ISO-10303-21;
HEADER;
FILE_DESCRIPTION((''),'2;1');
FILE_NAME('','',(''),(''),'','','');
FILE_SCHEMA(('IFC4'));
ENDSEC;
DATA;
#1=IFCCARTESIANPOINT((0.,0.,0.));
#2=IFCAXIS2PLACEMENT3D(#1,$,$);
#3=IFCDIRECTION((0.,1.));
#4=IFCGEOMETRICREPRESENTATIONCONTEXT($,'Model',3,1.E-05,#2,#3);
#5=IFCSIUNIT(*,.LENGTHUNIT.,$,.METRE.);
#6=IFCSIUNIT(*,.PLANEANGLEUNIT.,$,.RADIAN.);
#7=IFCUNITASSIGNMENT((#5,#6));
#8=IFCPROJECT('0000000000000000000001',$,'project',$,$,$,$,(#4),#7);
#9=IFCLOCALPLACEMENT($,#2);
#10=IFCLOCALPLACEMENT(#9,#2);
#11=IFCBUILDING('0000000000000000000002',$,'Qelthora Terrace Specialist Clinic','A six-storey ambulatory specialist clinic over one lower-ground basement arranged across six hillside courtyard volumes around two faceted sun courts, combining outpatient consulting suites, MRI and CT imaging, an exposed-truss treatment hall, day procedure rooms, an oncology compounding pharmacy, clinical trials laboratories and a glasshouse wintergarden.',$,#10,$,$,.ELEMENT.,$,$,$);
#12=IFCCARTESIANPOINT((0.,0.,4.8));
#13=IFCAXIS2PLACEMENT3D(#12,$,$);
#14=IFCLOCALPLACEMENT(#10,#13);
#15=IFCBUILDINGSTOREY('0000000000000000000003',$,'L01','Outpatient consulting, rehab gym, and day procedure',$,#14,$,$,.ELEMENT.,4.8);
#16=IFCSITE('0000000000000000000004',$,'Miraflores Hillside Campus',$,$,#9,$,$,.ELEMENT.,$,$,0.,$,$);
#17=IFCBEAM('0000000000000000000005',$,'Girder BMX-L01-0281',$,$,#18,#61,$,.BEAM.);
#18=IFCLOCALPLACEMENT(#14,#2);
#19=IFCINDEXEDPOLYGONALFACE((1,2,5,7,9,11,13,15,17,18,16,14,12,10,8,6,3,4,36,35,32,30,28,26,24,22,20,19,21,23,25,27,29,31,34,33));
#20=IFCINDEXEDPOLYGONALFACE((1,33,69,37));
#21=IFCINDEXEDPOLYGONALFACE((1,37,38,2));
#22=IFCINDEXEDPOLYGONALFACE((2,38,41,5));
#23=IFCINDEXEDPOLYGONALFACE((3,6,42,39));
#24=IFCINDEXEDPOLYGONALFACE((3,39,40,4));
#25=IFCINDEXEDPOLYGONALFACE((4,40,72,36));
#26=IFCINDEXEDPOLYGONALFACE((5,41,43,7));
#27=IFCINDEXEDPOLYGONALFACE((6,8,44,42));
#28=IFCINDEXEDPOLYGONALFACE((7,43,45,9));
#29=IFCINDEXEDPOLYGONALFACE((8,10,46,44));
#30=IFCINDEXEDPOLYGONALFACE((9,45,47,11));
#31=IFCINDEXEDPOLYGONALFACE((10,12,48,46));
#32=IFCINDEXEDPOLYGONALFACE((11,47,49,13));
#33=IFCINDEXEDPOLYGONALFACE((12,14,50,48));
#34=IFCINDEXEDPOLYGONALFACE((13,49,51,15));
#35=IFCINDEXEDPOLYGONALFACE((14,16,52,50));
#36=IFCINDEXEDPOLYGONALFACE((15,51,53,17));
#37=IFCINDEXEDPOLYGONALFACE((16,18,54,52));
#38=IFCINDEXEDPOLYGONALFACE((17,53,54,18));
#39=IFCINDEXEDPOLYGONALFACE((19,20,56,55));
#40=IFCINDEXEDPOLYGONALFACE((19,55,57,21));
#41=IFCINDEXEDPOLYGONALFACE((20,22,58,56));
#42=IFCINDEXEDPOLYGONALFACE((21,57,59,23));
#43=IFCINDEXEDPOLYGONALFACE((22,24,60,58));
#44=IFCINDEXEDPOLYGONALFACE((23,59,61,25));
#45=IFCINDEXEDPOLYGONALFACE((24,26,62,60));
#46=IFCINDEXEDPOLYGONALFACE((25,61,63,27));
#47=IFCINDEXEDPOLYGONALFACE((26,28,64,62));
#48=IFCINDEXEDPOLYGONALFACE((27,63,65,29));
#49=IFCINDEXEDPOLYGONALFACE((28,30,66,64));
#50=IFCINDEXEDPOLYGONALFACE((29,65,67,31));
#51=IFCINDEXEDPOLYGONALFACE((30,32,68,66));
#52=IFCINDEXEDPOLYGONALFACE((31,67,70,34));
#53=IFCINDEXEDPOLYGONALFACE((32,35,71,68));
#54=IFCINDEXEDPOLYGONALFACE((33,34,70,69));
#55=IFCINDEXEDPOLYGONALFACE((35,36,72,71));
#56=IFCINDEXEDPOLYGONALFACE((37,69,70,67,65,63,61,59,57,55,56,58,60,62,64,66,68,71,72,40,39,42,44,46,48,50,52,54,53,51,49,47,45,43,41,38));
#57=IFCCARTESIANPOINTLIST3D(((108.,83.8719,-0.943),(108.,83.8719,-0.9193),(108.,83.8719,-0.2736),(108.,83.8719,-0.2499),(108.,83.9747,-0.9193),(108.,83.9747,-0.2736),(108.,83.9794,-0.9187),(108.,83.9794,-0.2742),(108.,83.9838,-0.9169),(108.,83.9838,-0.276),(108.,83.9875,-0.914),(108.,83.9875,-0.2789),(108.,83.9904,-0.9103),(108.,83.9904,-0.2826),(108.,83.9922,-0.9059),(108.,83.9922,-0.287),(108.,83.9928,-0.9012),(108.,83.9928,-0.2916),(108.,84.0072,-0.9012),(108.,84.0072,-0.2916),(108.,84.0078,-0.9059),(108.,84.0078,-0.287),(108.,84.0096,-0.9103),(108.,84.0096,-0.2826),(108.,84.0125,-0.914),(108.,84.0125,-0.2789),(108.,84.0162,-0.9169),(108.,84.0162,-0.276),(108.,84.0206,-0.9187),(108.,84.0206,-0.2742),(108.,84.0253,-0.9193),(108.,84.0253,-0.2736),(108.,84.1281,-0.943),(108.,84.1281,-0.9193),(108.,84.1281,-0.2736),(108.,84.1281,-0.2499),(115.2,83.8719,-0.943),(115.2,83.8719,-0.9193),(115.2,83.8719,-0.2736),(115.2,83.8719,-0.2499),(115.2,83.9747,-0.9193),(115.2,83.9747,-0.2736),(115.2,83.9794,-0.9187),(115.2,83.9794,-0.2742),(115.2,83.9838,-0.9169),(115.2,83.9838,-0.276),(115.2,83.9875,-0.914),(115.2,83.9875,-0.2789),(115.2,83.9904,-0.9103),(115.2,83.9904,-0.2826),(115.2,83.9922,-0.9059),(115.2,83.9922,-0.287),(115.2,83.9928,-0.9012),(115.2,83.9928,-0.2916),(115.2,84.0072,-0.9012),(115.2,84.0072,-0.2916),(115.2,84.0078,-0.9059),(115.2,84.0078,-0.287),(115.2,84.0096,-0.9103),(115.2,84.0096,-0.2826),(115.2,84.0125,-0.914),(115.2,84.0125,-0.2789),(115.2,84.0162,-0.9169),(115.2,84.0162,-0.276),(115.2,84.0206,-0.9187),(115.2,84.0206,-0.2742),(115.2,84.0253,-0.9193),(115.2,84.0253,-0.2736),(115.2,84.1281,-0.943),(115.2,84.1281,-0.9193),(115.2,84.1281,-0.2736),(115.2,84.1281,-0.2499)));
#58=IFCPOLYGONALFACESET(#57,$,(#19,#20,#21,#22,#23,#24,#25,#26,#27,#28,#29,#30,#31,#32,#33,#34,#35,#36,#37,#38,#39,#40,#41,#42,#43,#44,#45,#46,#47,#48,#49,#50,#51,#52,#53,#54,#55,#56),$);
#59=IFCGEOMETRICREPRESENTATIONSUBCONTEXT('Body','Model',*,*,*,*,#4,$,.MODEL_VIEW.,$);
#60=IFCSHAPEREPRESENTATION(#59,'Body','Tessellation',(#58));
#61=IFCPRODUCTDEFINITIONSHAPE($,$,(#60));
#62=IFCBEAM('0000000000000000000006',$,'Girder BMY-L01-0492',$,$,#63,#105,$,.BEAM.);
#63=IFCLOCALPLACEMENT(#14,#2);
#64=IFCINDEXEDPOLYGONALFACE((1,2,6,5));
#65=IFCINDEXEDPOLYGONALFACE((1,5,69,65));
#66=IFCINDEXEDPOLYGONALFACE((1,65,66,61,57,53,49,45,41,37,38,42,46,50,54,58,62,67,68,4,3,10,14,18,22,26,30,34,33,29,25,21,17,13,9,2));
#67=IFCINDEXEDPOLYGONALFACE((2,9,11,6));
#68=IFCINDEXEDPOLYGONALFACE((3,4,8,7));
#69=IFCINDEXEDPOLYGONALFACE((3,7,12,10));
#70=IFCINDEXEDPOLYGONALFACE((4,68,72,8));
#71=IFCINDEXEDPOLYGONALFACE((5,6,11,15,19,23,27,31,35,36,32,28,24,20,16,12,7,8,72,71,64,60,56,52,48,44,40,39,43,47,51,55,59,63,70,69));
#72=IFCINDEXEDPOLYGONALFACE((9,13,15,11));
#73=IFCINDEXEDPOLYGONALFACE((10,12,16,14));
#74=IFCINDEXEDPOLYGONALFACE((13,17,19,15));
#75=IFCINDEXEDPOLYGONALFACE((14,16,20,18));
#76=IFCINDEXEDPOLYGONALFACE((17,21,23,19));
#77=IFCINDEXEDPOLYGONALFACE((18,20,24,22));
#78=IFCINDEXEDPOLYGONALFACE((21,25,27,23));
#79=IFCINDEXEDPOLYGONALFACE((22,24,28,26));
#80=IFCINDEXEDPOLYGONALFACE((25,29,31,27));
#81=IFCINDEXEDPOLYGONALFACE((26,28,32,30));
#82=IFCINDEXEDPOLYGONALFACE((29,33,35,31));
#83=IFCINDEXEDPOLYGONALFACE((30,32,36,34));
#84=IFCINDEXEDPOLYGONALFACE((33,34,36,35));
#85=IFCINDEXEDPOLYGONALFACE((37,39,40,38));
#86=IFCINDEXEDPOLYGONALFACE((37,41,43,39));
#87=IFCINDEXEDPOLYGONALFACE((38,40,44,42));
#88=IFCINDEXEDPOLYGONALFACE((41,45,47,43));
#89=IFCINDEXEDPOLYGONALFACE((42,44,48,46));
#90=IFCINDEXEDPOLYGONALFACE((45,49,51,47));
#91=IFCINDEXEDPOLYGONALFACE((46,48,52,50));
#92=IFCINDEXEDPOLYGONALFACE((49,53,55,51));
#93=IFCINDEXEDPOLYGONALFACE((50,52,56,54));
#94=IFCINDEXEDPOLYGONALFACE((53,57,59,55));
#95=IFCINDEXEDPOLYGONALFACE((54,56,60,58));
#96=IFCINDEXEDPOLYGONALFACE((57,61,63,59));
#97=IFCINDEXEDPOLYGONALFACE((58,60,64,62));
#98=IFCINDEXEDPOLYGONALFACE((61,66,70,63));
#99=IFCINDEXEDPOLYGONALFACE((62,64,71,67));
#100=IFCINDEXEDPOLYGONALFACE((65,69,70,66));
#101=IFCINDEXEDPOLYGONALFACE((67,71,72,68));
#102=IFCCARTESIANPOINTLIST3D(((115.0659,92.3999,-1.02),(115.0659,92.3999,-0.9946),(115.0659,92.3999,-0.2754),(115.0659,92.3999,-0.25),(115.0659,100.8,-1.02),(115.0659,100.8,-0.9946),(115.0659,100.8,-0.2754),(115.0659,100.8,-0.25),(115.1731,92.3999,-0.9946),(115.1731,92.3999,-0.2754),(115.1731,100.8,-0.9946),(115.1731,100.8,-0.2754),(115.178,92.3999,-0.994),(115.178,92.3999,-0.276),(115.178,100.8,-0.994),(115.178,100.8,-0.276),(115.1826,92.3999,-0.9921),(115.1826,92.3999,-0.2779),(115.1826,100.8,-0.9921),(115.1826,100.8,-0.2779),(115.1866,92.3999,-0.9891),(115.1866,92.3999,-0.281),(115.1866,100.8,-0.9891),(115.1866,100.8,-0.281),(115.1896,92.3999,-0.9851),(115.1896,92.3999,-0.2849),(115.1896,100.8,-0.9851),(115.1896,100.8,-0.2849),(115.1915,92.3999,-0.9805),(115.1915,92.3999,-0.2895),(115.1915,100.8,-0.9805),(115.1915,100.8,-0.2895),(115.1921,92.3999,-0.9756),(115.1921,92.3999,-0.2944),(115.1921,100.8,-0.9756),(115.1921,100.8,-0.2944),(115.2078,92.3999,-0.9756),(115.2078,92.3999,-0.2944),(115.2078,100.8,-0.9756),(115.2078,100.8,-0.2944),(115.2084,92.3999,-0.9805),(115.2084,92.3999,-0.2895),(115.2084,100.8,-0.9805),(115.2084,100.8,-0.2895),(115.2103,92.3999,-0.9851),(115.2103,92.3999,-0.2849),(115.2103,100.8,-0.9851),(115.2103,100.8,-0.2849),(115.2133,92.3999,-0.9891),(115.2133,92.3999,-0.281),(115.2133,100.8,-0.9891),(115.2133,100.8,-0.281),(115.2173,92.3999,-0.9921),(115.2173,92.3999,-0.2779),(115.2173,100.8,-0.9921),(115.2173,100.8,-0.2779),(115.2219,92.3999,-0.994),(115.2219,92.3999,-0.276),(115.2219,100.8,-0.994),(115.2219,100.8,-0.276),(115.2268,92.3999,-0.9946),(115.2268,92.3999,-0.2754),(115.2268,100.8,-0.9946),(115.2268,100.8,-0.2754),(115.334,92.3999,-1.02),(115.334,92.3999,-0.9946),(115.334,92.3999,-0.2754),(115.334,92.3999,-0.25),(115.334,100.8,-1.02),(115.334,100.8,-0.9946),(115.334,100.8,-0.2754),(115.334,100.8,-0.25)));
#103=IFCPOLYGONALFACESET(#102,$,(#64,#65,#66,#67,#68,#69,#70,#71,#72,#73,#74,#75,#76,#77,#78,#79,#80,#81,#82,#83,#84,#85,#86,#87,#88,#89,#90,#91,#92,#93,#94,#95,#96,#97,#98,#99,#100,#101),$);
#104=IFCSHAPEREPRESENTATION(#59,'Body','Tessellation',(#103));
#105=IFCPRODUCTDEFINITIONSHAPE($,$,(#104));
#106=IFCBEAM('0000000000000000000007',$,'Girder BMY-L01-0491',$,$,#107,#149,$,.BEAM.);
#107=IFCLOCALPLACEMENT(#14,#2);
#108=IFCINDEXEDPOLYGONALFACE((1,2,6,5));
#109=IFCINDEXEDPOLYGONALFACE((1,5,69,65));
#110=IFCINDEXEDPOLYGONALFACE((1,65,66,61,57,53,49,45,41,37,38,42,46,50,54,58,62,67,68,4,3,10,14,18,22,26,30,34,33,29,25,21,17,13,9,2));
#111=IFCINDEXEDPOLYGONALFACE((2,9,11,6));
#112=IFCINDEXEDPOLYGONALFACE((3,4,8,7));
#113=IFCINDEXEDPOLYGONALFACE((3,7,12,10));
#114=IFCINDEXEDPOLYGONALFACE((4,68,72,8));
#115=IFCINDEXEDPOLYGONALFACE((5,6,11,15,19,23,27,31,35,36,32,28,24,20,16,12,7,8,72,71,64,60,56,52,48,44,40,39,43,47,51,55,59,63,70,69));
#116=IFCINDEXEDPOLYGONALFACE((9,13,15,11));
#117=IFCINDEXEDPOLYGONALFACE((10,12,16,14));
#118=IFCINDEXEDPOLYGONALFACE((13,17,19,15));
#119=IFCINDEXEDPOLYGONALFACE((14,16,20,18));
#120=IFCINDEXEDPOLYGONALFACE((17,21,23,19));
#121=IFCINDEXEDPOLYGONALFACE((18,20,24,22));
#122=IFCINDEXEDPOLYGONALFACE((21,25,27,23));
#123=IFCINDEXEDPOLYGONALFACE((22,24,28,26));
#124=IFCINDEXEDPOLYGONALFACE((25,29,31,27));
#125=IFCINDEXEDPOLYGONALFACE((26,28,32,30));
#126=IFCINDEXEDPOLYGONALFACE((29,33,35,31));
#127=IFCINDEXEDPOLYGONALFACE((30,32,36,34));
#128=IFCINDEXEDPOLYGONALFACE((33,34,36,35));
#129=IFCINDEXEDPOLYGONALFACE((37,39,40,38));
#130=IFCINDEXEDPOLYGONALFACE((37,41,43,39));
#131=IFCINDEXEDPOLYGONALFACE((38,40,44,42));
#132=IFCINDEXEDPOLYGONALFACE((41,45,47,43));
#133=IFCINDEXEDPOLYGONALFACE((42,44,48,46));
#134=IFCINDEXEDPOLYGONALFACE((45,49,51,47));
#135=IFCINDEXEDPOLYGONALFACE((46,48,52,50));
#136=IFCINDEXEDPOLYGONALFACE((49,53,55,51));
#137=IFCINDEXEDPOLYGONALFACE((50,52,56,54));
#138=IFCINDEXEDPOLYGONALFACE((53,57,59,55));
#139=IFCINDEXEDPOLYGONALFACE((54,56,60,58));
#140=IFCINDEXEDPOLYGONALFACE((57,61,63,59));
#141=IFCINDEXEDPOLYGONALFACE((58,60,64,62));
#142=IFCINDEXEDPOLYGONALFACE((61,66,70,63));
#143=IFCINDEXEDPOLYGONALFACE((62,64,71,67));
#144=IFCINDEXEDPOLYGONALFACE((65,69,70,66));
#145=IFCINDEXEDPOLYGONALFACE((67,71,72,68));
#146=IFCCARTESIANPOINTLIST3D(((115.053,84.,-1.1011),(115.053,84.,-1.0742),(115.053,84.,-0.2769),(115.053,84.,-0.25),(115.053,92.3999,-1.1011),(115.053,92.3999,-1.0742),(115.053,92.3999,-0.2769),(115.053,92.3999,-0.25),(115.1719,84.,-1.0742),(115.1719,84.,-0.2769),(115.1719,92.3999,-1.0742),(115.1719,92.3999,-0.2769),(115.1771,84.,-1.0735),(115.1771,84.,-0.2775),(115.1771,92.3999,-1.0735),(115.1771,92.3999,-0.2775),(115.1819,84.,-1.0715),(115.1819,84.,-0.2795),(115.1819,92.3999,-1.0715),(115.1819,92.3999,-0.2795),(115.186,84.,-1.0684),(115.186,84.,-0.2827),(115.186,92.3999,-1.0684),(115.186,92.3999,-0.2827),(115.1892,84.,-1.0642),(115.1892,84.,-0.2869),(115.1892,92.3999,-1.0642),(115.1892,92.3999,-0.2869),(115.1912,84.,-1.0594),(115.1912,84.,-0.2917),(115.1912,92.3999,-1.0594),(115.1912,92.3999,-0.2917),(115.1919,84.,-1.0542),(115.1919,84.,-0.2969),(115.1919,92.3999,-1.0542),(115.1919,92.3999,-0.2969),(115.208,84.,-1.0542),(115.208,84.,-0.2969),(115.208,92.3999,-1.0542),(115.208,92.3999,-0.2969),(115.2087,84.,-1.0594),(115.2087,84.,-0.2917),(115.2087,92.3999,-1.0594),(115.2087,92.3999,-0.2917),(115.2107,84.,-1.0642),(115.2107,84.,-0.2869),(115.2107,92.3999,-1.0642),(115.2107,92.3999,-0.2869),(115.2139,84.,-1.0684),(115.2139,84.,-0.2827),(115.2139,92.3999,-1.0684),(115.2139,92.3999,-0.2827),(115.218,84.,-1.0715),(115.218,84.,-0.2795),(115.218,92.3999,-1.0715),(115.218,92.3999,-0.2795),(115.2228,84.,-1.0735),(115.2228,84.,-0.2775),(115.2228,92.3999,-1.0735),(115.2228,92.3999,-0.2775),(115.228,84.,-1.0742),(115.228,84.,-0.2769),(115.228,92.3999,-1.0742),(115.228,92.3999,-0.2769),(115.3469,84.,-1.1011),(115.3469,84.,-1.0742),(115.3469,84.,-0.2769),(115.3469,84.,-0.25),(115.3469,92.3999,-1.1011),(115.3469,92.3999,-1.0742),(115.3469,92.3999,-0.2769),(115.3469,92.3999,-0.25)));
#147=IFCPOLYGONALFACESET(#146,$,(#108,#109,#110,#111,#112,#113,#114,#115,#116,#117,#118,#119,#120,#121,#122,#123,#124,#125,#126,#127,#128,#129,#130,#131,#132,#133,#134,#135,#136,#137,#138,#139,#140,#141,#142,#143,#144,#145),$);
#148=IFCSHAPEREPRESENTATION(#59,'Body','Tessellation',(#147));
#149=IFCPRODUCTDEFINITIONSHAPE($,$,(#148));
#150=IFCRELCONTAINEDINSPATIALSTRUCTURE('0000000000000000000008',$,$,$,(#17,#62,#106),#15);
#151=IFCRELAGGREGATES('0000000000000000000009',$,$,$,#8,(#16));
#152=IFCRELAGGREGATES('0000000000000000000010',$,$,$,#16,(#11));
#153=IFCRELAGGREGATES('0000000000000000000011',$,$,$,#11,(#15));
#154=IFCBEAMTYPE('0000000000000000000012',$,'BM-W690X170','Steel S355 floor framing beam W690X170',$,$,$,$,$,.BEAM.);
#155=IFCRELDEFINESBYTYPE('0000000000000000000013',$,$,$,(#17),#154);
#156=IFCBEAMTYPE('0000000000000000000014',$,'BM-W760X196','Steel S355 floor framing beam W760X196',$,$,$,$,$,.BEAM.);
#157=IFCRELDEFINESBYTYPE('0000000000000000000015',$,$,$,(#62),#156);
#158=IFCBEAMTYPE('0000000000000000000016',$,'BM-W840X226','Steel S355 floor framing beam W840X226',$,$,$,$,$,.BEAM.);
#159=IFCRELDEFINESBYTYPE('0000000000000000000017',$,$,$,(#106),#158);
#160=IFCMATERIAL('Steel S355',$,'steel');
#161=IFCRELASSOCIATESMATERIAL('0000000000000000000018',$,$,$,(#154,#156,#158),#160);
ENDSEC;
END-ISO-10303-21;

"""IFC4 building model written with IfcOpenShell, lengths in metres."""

from ifc_helpers import new_model, si_unit, direction, frame, origin, origin_2d, place, context, subcontext, project, spatial, i_section, extrude, material, material_profile, profile_set, type_object, element, save


model = new_model("IFC4")

# Units and contexts
model_context = context("Model", 3, precision=1e-05, world=origin(), true_north=direction((0.0, 1.0)))
body_context = subcontext(model_context, "Body", "Model", "MODEL_VIEW")
ifc_project = project(units=[si_unit("LENGTHUNIT", "METRE"), si_unit("PLANEANGLEUNIT", "RADIAN")], contexts=[model_context])

# Site, building, storey
site_placement = place(None, origin())
site = spatial("IfcSite", under=ifc_project, at=site_placement, Name="Miraflores Hillside Campus", CompositionType="ELEMENT", RefElevation=0.0)
building_placement = place(site_placement, origin())
building = spatial("IfcBuilding", under=site, at=building_placement, Name="Qelthora Terrace Specialist Clinic", Description="A six-storey ambulatory specialist clinic over one lower-ground basement arranged across six hillside courtyard volumes around two faceted sun courts, combining outpatient consulting suites, MRI and CT imaging, an exposed-truss treatment hall, day procedure rooms, an oncology compounding pharmacy, clinical trials laboratories and a glasshouse wintergarden.", CompositionType="ELEMENT")
storey_placement = place(building_placement, frame((0.0, 0.0, 4.8)))
storey = spatial("IfcBuildingStorey", under=building, at=storey_placement, Name="L01", Description="Outpatient consulting, rehab gym, and day procedure", CompositionType="ELEMENT", Elevation=4.8)

# Shared definitions
ifc_material_1 = material(Name="Steel S355", Category="steel")

# Beams
ifc_material_profile_1 = material_profile(ifc_material_1, i_section(OverallWidth=0.2561, OverallDepth=0.6931, WebThickness=0.0144, FlangeThickness=0.0237, FilletRadius=0.0181, at=origin_2d()), Name="W690X170")
ifc_profile_set_1 = profile_set([ifc_material_profile_1], Name="Steel S355")
beam_type_1 = type_object("IfcBeamType", Name="BM-W690X170", Description="Steel S355 floor framing beam W690X170", PredefinedType="BEAM", material=ifc_profile_set_1)
beam_1_placement = place(storey_placement, frame((108.0, 84.0, -0.5964), z_axis=(1.0, 0.0, 0.0), x_axis=(0.0, 1.0, 0.0)))
element("IfcBeam", 1, at=beam_1_placement, inside=storey, type_object=beam_type_1, Name="Girder BMX-L01-0281", PredefinedType="BEAM", context=body_context, shape_type="SweptSolid", body=[
    extrude(i_section(OverallWidth=0.2561, OverallDepth=0.6931, WebThickness=0.0144, FlangeThickness=0.0237, FilletRadius=0.0181, at=origin_2d()), origin(), (0.0, 0.0, 1.0), 7.2),
])
ifc_material_profile_2 = material_profile(ifc_material_1, i_section(OverallWidth=0.2681, OverallDepth=0.77, WebThickness=0.0156, FlangeThickness=0.0254, FilletRadius=0.019, at=origin_2d()), Name="W760X196")
ifc_profile_set_2 = profile_set([ifc_material_profile_2], Name="Steel S355")
beam_type_2 = type_object("IfcBeamType", Name="BM-W760X196", Description="Steel S355 floor framing beam W760X196", PredefinedType="BEAM", material=ifc_profile_set_2)
beam_2_placement = place(storey_placement, frame((115.2, 92.3999, -0.635), z_axis=(0.0, 1.0, 0.0), x_axis=(-1.0, 0.0, 0.0)))
element("IfcBeam", 2, at=beam_2_placement, inside=storey, type_object=beam_type_2, Name="Girder BMY-L01-0492", PredefinedType="BEAM", context=body_context, shape_type="SweptSolid", body=[
    extrude(i_section(OverallWidth=0.2681, OverallDepth=0.77, WebThickness=0.0156, FlangeThickness=0.0254, FilletRadius=0.019, at=origin_2d()), origin(), (0.0, 0.0, 1.0), 8.4001),
])
ifc_material_profile_3 = material_profile(ifc_material_1, i_section(OverallWidth=0.2939, OverallDepth=0.8511, WebThickness=0.0161, FlangeThickness=0.0269, FilletRadius=0.02, at=origin_2d()), Name="W840X226")
ifc_profile_set_3 = profile_set([ifc_material_profile_3], Name="Steel S355")
beam_type_3 = type_object("IfcBeamType", Name="BM-W840X226", Description="Steel S355 floor framing beam W840X226", PredefinedType="BEAM", material=ifc_profile_set_3)
beam_3_placement = place(storey_placement, frame((115.2, 84.0, -0.6755), z_axis=(0.0, 1.0, 0.0), x_axis=(-1.0, 0.0, 0.0)))
element("IfcBeam", 3, at=beam_3_placement, inside=storey, type_object=beam_type_3, Name="Girder BMY-L01-0491", PredefinedType="BEAM", context=body_context, shape_type="SweptSolid", body=[
    extrude(i_section(OverallWidth=0.2939, OverallDepth=0.8511, WebThickness=0.0161, FlangeThickness=0.0269, FilletRadius=0.02, at=origin_2d()), origin(), (0.0, 0.0, 1.0), 8.3999),
])

save(model, "model.ifc")
